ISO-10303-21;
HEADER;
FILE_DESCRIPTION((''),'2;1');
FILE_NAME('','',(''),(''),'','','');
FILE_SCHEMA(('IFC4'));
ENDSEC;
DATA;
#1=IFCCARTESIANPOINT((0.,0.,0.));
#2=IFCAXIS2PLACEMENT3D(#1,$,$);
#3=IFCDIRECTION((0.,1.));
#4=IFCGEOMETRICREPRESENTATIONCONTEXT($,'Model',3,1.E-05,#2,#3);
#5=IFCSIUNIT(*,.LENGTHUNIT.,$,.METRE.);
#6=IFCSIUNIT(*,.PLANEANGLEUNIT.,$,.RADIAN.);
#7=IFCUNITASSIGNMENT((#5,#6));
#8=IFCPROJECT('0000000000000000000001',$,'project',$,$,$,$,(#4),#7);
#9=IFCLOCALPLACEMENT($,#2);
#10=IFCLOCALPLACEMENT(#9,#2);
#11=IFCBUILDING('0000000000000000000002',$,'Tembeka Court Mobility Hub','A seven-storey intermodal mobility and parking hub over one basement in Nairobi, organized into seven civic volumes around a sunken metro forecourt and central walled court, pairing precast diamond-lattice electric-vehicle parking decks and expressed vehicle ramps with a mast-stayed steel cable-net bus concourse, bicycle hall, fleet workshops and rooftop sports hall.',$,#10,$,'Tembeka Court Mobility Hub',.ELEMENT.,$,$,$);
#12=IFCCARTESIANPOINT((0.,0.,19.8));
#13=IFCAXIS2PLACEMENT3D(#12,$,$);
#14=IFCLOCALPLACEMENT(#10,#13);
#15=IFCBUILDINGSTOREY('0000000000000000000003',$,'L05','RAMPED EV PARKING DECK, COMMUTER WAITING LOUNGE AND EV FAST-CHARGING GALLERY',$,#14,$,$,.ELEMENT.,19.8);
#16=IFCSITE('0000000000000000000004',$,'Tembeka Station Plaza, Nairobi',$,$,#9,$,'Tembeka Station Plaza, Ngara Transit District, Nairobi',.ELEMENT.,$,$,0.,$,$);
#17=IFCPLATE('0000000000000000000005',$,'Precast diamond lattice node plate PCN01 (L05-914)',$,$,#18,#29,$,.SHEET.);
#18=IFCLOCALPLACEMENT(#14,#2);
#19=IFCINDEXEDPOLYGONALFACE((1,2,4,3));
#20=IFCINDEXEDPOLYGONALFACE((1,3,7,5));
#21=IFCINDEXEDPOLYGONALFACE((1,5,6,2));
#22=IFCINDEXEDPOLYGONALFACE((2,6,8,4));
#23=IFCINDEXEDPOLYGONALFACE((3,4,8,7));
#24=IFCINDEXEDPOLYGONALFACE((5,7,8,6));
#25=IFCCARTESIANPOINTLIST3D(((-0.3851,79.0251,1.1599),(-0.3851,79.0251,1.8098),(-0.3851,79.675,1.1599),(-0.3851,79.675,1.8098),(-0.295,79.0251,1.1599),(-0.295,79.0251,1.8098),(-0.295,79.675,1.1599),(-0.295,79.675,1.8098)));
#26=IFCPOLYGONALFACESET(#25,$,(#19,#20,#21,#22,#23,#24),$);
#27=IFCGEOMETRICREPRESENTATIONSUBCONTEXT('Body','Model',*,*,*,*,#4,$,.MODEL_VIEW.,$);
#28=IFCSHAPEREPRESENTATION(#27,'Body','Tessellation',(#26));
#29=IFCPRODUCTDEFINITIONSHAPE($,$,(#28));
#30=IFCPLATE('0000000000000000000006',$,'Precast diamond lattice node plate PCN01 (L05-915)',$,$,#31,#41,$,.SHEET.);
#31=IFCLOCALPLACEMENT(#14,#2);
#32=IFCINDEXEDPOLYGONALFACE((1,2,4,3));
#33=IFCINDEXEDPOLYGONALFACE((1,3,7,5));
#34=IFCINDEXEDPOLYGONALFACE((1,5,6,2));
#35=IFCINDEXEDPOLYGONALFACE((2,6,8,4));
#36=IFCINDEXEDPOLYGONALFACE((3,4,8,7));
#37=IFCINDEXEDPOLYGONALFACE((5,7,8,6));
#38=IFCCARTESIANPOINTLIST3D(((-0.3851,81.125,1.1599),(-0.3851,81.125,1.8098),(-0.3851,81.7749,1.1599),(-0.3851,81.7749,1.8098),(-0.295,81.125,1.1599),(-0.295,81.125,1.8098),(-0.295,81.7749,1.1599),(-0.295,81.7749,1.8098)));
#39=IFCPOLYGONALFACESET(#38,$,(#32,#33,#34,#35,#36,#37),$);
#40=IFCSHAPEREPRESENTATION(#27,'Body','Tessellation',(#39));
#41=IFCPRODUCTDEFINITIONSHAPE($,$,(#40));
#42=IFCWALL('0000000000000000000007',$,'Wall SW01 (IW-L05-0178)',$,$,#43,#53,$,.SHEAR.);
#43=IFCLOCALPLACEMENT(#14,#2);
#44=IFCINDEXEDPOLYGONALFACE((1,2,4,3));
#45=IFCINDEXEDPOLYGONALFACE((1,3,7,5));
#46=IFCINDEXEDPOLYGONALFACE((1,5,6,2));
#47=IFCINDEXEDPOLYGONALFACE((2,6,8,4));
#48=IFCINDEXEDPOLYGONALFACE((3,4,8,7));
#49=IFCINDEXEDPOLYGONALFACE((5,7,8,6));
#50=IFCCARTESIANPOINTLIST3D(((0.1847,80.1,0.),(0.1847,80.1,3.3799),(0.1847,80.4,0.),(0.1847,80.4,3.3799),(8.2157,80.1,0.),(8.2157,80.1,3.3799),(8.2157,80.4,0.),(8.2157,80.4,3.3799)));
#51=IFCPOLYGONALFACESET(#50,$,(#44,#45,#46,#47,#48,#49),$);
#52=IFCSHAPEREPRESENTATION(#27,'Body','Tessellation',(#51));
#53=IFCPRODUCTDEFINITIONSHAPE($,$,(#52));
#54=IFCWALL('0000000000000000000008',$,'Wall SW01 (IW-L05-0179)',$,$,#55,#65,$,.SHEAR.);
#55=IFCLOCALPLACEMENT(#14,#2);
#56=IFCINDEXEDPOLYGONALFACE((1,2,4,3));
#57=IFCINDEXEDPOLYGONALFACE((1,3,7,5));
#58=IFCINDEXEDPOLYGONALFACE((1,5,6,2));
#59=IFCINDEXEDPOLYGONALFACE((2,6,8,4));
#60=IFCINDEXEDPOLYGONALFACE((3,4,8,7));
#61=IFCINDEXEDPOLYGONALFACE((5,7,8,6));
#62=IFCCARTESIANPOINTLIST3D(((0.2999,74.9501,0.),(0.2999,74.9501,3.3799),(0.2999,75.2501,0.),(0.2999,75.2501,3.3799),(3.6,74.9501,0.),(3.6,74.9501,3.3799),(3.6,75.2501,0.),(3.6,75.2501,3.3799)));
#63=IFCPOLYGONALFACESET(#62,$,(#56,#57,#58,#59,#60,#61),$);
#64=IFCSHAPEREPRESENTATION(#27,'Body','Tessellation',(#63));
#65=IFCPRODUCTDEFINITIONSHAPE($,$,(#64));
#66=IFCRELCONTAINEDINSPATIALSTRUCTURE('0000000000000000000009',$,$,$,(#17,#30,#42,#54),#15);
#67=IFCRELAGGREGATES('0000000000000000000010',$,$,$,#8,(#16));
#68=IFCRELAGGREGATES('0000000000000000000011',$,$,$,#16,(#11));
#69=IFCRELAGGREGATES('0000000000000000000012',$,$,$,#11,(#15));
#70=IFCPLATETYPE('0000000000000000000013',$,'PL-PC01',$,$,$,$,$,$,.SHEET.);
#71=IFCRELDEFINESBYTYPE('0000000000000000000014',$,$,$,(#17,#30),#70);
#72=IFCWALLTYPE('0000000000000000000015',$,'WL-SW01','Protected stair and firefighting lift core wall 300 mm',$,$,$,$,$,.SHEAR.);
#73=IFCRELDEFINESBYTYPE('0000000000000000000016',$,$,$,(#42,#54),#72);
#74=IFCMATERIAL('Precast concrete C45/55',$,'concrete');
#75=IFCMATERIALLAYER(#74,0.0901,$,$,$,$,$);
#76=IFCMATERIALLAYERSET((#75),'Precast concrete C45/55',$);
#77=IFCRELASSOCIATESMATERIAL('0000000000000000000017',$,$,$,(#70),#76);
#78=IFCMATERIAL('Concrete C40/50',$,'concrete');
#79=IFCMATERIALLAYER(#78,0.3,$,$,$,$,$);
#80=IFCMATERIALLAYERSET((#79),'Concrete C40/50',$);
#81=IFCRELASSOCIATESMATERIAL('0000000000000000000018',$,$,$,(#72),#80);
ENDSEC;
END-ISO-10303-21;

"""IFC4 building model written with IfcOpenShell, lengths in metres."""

from ifc_helpers import new_model, si_unit, direction, frame, frame_2d, origin, origin_2d, place, context, subcontext, project, spatial, rectangle, extrude, material, layer, layer_set, type_object, element, save


model = new_model("IFC4")

# Units and contexts
model_context = context("Model", 3, precision=1e-05, world=origin(), true_north=direction((0.0, 1.0)))
body_context = subcontext(model_context, "Body", "Model", "MODEL_VIEW")
ifc_project = project(units=[si_unit("LENGTHUNIT", "METRE"), si_unit("PLANEANGLEUNIT", "RADIAN")], contexts=[model_context])

# Site, building, storey
site_placement = place(None, origin())
site = spatial("IfcSite", under=ifc_project, at=site_placement, Name="Tembeka Station Plaza, Nairobi", LongName="Tembeka Station Plaza, Ngara Transit District, Nairobi", CompositionType="ELEMENT", RefElevation=0.0)
building_placement = place(site_placement, origin())
building = spatial("IfcBuilding", under=site, at=building_placement, Name="Tembeka Court Mobility Hub", Description="A seven-storey intermodal mobility and parking hub over one basement in Nairobi, organized into seven civic volumes around a sunken metro forecourt and central walled court, pairing precast diamond-lattice electric-vehicle parking decks and expressed vehicle ramps with a mast-stayed steel cable-net bus concourse, bicycle hall, fleet workshops and rooftop sports hall.", LongName="Tembeka Court Mobility Hub", CompositionType="ELEMENT")
storey_placement = place(building_placement, frame((0.0, 0.0, 19.8)))
storey = spatial("IfcBuildingStorey", under=building, at=storey_placement, Name="L05", Description="RAMPED EV PARKING DECK, COMMUTER WAITING LOUNGE AND EV FAST-CHARGING GALLERY", CompositionType="ELEMENT", Elevation=19.8)

# Shared definitions
ifc_material_1 = material(Name="Precast concrete C45/55", Category="concrete")

# Plates
ifc_layer_1 = layer(ifc_material_1, 0.0901)
ifc_layer_set_1 = layer_set([ifc_layer_1], Name="Precast concrete C45/55")
plate_type = type_object("IfcPlateType", Name="PL-PC01", PredefinedType="SHEET", material=ifc_layer_set_1)
for number, where, z_axis, x_axis, name in (
    (1, (-0.3401, 79.3501, 1.1599), (0.0, 0.0, 1.0), (1.0, 0.0, 0.0), "Precast diamond lattice node plate PCN01 (L05-914)"),
    (2, (-0.3401, 81.45, 1.1599), (0.0, 0.0, 1.0), (1.0, 0.0, 0.0), "Precast diamond lattice node plate PCN01 (L05-915)"),
):
    element("IfcPlate", number, at=place(storey_placement, frame(where, z_axis=z_axis, x_axis=x_axis)), inside=storey, type_object=plate_type, Name=name, PredefinedType="SHEET", context=body_context, shape_type="SweptSolid", body=[
        extrude(rectangle(XDim=0.0901, YDim=0.6499, at=origin_2d()), origin(), (0.0, 0.0, 1.0), 0.6499),
    ])

# Walls
ifc_material_2 = material(Name="Concrete C40/50", Category="concrete")
ifc_layer_2 = layer(ifc_material_2, 0.3)
ifc_layer_set_2 = layer_set([ifc_layer_2], Name="Concrete C40/50")
wall_type = type_object("IfcWallType", Name="WL-SW01", Description="Protected stair and firefighting lift core wall 300 mm", PredefinedType="SHEAR", material=ifc_layer_set_2)
wall_1_placement = place(storey_placement, frame((0.1846, 80.25, 0.0), z_axis=(0.0, 0.0, 1.0), x_axis=(1.0, 0.0, 0.0)))
element("IfcWall", 3, at=wall_1_placement, inside=storey, type_object=wall_type, Name="Wall SW01 (IW-L05-0178)", PredefinedType="SHEAR", context=body_context, shape_type="SweptSolid", body=[
    extrude(rectangle(XDim=8.031, YDim=0.3, at=frame_2d((4.0156, 0.0))), origin(), (0.0, 0.0, 1.0), 3.3799),
])
wall_2_placement = place(storey_placement, frame((0.3, 75.1001, 0.0), z_axis=(0.0, 0.0, 1.0), x_axis=(1.0, 0.0, 0.0)))
element("IfcWall", 4, at=wall_2_placement, inside=storey, type_object=wall_type, Name="Wall SW01 (IW-L05-0179)", PredefinedType="SHEAR", context=body_context, shape_type="SweptSolid", body=[
    extrude(rectangle(XDim=3.3, YDim=0.3, at=frame_2d((1.6499, 0.0))), origin(), (0.0, 0.0, 1.0), 3.3799),
])

save(model, "model.ifc")
